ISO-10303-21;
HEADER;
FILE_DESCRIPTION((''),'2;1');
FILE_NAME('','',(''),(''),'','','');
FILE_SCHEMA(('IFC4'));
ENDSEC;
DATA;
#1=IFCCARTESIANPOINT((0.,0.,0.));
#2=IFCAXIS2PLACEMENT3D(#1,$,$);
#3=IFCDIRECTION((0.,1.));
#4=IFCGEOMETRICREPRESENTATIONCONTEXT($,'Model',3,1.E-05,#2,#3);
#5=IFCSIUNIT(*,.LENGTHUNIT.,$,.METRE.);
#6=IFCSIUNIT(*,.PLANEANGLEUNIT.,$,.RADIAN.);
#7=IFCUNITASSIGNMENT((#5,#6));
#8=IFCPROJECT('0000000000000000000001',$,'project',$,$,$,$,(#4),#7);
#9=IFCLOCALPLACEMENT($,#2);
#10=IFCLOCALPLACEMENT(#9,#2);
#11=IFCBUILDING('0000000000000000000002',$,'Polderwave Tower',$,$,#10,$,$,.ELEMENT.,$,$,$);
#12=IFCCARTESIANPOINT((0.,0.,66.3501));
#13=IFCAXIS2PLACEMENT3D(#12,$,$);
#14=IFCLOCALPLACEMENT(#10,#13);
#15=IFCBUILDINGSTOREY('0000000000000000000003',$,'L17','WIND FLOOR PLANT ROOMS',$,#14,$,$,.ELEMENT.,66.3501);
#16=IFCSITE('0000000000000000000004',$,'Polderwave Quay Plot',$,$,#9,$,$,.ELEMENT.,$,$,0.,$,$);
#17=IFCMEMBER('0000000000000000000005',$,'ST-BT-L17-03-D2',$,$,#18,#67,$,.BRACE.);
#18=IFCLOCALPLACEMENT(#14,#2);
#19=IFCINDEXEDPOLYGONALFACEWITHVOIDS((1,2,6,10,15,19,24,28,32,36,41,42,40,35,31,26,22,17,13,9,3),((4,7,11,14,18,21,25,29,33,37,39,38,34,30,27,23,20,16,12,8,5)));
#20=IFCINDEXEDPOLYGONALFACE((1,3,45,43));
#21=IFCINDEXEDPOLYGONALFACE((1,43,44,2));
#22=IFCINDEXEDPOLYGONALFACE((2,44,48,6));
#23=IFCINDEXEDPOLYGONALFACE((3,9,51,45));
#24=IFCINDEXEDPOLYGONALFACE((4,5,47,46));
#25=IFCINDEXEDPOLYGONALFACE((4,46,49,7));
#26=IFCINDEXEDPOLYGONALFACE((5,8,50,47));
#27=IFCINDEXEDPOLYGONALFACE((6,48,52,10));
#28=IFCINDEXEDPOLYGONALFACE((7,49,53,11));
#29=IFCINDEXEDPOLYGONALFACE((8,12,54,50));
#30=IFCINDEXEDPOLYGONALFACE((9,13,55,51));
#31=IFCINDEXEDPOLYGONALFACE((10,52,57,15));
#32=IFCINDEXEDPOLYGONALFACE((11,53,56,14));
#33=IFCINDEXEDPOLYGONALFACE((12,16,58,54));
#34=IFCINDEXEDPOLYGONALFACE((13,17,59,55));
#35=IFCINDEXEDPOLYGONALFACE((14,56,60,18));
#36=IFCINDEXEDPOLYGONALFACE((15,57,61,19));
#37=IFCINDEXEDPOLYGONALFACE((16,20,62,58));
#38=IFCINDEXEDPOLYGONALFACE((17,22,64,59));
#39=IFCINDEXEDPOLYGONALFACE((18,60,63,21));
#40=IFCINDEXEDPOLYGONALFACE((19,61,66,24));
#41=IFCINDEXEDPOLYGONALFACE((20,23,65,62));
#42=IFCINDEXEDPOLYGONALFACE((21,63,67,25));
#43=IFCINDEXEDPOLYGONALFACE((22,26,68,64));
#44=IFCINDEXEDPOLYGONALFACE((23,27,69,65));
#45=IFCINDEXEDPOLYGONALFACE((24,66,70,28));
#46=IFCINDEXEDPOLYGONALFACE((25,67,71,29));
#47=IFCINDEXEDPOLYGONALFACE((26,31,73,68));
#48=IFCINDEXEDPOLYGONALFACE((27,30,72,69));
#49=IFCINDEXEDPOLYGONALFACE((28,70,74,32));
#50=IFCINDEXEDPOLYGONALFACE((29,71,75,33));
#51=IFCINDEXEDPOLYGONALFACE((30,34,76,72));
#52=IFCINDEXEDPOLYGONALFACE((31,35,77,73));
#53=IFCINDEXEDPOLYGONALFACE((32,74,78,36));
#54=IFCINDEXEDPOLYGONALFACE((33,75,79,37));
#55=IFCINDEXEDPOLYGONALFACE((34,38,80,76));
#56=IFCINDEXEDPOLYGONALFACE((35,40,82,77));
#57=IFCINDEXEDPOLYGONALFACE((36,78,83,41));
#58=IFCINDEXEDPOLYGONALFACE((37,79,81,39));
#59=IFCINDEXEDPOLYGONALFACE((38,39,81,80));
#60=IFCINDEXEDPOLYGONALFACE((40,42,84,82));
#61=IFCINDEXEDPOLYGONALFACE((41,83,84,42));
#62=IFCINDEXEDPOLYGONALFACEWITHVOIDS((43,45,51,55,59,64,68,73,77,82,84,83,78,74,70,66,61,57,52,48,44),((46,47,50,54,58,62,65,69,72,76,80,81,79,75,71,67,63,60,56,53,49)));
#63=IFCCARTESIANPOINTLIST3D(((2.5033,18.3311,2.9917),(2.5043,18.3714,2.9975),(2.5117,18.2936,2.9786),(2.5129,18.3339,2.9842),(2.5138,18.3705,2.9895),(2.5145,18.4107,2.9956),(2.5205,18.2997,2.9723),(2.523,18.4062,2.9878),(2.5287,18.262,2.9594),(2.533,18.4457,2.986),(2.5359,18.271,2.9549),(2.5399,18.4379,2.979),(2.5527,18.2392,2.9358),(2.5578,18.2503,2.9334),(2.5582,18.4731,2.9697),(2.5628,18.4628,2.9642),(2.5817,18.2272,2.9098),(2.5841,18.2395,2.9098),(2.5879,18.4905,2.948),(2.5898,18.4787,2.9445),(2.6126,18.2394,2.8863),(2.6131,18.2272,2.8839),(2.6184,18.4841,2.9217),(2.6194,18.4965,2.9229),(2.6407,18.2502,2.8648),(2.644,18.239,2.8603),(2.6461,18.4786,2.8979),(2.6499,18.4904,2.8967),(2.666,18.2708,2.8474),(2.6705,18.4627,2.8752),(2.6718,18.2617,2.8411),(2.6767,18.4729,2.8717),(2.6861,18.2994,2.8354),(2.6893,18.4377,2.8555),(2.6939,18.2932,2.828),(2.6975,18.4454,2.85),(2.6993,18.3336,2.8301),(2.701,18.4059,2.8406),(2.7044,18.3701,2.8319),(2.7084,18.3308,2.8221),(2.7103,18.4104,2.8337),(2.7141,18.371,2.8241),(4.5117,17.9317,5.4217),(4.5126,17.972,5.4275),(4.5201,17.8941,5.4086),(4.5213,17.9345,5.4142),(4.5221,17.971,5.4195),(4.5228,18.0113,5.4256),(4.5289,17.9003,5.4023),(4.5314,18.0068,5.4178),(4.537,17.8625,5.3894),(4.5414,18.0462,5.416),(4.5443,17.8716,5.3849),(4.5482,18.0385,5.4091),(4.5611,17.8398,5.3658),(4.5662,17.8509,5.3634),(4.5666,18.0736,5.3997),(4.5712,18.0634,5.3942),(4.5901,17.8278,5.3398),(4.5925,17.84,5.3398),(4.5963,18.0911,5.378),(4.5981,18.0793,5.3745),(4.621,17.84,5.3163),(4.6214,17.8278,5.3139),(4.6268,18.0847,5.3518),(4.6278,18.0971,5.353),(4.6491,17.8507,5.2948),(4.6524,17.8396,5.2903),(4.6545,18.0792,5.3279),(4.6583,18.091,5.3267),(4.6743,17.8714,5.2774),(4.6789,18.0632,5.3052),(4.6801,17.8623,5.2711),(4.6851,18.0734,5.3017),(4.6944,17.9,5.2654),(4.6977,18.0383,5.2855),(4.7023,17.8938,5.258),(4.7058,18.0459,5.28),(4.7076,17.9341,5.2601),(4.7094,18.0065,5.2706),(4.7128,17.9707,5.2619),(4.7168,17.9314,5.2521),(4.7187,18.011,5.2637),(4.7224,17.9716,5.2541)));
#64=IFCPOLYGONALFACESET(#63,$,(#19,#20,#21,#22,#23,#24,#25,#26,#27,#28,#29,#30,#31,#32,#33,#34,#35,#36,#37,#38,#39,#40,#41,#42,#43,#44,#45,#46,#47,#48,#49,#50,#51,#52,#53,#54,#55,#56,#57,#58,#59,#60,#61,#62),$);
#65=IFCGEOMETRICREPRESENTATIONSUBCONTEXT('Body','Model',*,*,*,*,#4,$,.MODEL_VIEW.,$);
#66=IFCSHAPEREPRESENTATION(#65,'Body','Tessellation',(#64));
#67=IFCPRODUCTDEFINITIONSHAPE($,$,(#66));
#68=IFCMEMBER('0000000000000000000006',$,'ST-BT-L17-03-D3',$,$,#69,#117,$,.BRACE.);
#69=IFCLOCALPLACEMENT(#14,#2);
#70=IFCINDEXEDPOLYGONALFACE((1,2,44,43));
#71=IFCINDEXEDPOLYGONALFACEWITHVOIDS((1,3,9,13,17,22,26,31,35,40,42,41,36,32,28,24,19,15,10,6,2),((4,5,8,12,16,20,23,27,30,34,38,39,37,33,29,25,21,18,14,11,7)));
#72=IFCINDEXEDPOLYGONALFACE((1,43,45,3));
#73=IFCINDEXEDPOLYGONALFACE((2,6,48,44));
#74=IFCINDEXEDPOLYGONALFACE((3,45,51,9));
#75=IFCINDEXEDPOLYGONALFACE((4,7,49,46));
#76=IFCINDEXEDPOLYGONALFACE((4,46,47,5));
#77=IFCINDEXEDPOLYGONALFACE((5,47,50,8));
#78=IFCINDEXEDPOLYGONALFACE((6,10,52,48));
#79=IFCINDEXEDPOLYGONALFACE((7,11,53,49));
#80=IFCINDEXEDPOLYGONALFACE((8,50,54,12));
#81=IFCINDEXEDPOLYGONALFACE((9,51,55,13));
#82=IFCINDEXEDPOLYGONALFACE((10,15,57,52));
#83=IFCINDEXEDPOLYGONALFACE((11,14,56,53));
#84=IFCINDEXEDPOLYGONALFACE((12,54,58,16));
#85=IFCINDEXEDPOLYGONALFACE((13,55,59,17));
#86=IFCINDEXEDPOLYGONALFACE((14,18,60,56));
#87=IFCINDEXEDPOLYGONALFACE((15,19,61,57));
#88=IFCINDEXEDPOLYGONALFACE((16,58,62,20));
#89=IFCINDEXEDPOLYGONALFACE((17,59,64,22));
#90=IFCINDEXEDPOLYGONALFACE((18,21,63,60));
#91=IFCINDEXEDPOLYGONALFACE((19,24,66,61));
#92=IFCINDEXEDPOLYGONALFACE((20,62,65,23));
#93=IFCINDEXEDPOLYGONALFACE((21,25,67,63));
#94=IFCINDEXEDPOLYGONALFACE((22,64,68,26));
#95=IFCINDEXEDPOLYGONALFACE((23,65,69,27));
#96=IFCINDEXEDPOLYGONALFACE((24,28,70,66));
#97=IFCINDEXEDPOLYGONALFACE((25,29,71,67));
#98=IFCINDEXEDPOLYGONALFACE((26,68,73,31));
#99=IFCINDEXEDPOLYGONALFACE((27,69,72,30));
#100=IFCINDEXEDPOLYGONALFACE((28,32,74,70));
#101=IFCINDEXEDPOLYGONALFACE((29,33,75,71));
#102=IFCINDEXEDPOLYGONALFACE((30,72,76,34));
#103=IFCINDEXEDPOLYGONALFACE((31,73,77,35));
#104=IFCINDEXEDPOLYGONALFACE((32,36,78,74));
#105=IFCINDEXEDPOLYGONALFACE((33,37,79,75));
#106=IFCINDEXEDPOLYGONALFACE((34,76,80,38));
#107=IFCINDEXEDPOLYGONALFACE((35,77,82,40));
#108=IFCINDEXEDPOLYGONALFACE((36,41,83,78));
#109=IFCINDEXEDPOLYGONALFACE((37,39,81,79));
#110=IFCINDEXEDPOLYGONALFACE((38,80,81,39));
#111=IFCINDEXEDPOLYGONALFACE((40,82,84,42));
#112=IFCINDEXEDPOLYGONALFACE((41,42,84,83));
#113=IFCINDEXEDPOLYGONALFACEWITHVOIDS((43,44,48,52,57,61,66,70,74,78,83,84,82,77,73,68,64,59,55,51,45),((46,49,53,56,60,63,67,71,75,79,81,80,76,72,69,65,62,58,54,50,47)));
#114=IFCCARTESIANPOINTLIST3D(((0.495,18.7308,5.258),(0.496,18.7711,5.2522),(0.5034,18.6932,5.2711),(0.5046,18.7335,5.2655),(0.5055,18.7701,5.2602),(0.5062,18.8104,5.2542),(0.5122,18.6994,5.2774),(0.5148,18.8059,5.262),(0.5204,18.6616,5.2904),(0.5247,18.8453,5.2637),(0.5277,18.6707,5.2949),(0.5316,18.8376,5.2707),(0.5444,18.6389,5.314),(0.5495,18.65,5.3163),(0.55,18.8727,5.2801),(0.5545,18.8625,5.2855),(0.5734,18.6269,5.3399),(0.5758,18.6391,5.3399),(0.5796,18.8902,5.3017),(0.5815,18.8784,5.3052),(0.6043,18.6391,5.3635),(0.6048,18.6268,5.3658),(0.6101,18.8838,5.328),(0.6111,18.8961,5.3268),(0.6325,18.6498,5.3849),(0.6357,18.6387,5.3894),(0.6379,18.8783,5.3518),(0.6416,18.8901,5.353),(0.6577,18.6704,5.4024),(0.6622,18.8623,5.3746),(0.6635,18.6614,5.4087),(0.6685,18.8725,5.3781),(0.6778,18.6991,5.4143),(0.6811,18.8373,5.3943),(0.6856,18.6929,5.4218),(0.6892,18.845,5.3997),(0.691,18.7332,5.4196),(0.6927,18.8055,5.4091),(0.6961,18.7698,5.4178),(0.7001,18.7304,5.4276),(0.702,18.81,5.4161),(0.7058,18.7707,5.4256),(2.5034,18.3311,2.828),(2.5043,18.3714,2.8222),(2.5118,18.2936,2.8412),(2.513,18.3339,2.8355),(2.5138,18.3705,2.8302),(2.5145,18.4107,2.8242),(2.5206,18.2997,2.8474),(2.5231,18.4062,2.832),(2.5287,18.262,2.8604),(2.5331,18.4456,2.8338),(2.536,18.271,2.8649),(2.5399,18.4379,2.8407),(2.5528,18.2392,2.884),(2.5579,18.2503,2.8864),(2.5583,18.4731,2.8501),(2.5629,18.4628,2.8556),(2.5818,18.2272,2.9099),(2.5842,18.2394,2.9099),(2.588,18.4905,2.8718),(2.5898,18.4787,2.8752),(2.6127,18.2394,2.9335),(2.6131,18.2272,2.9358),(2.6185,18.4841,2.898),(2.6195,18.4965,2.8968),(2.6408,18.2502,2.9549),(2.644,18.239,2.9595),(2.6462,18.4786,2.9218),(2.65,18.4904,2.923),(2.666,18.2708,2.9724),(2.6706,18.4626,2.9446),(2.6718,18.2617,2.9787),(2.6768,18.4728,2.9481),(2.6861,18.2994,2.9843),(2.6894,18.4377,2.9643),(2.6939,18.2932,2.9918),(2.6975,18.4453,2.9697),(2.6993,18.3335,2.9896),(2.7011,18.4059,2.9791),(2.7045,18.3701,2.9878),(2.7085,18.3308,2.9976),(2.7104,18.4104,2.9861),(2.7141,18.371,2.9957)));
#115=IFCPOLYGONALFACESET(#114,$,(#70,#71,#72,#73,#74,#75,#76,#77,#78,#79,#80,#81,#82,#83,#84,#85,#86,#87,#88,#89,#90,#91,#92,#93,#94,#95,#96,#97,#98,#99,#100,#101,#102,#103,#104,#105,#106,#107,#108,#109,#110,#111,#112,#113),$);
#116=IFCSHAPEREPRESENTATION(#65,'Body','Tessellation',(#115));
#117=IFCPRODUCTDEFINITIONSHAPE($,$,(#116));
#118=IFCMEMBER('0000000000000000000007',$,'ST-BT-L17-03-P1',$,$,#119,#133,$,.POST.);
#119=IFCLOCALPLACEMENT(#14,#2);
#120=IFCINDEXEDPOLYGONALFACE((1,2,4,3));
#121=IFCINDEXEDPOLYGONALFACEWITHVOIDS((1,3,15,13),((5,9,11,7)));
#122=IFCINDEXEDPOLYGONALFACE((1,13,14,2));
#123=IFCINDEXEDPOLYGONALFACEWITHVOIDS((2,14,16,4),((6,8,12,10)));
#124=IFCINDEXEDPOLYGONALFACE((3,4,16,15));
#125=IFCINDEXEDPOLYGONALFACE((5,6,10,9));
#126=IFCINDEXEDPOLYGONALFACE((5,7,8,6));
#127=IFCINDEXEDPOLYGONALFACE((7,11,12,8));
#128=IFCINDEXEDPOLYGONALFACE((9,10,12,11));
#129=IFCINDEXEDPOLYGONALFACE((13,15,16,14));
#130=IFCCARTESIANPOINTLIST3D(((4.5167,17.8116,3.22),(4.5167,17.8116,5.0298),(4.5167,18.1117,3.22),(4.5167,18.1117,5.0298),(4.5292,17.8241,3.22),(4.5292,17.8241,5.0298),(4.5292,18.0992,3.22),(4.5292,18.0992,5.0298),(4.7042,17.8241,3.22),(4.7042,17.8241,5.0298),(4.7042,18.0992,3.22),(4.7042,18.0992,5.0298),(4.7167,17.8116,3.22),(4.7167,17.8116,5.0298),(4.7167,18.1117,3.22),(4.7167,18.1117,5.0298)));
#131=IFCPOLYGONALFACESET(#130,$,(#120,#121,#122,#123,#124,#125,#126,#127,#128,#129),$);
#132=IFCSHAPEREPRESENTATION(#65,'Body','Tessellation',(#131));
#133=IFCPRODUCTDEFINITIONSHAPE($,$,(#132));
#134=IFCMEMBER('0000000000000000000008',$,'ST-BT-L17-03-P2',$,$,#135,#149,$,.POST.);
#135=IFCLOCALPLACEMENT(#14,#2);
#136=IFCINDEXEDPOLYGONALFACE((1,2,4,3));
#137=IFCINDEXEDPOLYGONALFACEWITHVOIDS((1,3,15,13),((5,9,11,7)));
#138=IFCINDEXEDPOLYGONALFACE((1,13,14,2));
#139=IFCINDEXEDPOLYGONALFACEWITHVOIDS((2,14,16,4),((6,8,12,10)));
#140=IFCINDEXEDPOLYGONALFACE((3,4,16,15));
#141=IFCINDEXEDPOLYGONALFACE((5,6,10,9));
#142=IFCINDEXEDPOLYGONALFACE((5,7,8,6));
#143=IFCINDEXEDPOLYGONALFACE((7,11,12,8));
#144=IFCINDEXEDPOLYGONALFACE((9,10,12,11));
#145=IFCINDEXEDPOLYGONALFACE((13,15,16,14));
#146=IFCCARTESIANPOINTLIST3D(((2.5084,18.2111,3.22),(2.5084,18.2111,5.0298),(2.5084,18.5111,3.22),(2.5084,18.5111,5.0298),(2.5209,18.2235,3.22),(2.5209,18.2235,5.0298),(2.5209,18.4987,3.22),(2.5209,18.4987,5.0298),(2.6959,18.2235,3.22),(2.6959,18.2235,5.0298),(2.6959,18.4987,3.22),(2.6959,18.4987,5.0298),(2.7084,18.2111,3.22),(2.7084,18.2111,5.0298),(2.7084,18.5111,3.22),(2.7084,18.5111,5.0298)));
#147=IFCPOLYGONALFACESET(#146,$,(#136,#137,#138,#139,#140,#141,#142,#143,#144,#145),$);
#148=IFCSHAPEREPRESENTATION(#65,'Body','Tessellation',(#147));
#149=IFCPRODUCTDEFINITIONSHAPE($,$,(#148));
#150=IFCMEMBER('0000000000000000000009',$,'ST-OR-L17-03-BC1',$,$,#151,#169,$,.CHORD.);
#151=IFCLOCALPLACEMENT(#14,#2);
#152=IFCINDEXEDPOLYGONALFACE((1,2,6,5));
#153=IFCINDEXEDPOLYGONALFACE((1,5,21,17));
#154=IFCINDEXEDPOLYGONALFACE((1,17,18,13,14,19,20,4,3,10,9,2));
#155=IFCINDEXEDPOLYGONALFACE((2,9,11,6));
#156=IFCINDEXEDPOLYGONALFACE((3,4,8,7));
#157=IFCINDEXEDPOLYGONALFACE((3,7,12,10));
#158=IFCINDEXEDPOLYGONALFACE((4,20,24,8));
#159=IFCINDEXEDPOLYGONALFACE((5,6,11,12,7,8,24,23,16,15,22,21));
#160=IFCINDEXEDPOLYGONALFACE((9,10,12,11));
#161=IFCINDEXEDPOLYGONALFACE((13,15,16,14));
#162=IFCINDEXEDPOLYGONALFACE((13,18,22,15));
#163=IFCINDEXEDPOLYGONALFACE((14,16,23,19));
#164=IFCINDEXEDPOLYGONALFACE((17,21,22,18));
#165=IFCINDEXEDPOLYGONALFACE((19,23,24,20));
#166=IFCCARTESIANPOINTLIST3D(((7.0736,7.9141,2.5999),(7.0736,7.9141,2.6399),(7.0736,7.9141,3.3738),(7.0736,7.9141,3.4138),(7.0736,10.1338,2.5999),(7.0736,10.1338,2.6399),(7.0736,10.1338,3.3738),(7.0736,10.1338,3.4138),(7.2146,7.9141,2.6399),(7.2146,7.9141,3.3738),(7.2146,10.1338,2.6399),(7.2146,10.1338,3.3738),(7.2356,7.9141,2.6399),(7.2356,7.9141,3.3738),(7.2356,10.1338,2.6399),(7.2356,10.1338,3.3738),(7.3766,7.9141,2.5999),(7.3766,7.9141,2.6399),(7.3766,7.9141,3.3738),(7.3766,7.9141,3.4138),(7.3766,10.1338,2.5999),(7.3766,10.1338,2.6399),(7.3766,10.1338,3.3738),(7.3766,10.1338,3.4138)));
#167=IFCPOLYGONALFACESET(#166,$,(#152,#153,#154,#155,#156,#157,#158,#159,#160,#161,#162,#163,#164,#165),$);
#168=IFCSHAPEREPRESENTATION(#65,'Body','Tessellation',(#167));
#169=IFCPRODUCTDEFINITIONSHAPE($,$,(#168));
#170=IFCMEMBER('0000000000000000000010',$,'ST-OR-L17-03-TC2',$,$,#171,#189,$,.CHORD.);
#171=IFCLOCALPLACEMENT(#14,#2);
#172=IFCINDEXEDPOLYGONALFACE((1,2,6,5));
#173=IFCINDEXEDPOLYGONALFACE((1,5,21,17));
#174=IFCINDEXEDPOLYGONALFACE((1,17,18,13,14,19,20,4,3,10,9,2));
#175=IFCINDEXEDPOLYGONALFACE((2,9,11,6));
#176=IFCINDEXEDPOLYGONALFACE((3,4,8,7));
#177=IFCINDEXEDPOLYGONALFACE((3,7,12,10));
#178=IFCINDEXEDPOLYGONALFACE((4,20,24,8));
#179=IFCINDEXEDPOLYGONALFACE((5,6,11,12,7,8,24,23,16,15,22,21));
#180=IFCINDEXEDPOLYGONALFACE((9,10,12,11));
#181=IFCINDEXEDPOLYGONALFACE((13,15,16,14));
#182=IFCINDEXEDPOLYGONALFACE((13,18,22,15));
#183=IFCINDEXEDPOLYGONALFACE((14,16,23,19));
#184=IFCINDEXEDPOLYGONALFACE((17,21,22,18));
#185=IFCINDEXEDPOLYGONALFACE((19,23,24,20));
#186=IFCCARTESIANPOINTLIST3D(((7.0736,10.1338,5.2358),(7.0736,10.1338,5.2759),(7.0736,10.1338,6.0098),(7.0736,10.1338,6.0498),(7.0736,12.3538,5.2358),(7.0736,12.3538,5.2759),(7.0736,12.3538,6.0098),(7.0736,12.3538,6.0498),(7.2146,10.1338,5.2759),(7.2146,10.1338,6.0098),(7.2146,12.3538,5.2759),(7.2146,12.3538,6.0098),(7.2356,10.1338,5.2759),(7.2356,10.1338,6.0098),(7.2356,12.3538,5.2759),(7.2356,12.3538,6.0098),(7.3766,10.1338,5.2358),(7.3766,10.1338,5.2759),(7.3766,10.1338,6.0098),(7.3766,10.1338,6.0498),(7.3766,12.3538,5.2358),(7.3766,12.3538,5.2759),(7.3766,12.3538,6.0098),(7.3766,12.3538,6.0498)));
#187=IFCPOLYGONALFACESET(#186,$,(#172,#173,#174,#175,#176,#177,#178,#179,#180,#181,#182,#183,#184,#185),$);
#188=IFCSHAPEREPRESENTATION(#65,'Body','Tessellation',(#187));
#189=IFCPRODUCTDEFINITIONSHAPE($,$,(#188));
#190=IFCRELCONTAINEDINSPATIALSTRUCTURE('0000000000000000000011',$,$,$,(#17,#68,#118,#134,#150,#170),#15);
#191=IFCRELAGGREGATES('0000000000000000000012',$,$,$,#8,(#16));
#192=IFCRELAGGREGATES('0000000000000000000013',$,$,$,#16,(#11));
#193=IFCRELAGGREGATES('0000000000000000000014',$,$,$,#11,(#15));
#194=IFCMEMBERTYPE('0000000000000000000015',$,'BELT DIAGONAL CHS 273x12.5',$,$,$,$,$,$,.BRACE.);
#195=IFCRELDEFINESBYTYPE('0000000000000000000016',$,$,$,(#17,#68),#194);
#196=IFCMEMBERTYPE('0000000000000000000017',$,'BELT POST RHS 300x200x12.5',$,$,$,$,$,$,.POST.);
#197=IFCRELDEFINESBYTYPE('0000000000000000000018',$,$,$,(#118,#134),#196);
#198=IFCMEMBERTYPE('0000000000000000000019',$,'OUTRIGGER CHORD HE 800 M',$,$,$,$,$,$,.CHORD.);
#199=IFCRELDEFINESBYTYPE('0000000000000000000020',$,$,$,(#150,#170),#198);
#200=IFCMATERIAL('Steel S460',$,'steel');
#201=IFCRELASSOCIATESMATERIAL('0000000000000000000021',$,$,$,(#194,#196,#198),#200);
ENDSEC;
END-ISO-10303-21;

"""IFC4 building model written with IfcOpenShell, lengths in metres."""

from ifc_helpers import new_model, si_unit, direction, frame, origin, origin_2d, place, context, subcontext, project, spatial, hollow_rectangle, hollow_circle, i_section, extrude, material, material_profile, profile_set, type_object, element, save


model = new_model("IFC4")

# Units and contexts
model_context = context("Model", 3, precision=1e-05, world=origin(), true_north=direction((0.0, 1.0)))
body_context = subcontext(model_context, "Body", "Model", "MODEL_VIEW")
ifc_project = project(units=[si_unit("LENGTHUNIT", "METRE"), si_unit("PLANEANGLEUNIT", "RADIAN")], contexts=[model_context])

# Site, building, storey
site_placement = place(None, origin())
site = spatial("IfcSite", under=ifc_project, at=site_placement, Name="Polderwave Quay Plot", CompositionType="ELEMENT", RefElevation=0.0)
building_placement = place(site_placement, origin())
building = spatial("IfcBuilding", under=site, at=building_placement, Name="Polderwave Tower", CompositionType="ELEMENT")
storey_placement = place(building_placement, frame((0.0, 0.0, 66.3501)))
storey = spatial("IfcBuildingStorey", under=building, at=storey_placement, Name="L17", Description="WIND FLOOR PLANT ROOMS", CompositionType="ELEMENT", Elevation=66.3501)

# Members
ifc_material_1 = material(Name="Steel S460", Category="steel")
ifc_material_profile_1 = material_profile(ifc_material_1, hollow_circle(Radius=0.1365, WallThickness=0.0125, at=origin_2d()), Name="CHS 273x12.5")
ifc_profile_set_1 = profile_set([ifc_material_profile_1], Name="Steel S460")
member_type_1 = type_object("IfcMemberType", Name="BELT DIAGONAL CHS 273x12.5", PredefinedType="BRACE", material=ifc_profile_set_1)
for number, where, z_axis, x_axis, name in (
    (1, (4.6167, 17.9617, 5.3398), (-0.632011, 0.125695, -0.764698), (-0.195061, -0.980791, 0.0), "ST-BT-L17-03-D2"),
    (2, (2.6084, 18.3611, 2.9099), (-0.632005, 0.125771, 0.764691), (-0.195176, -0.980768, 0.0), "ST-BT-L17-03-D3"),
):
    element("IfcMember", number, at=place(storey_placement, frame(where, z_axis=z_axis, x_axis=x_axis)), inside=storey, type_object=member_type_1, Name=name, PredefinedType="BRACE", context=body_context, shape_type="SweptSolid", body=[
        extrude(hollow_circle(Radius=0.1365, WallThickness=0.0125, at=origin_2d()), origin(), (0.0, 0.0, 1.0), 3.1777),
    ])
ifc_material_profile_2 = material_profile(ifc_material_1, hollow_rectangle(XDim=0.2, YDim=0.3, WallThickness=0.0125, at=origin_2d()), Name="RHS 300x200x12.5")
ifc_profile_set_2 = profile_set([ifc_material_profile_2], Name="Steel S460")
member_type_2 = type_object("IfcMemberType", Name="BELT POST RHS 300x200x12.5", PredefinedType="POST", material=ifc_profile_set_2)
for number, where, z_axis, x_axis, name in (
    (3, (4.6167, 17.9617, 3.22), (0.0, 0.0, 1.0), (1.0, 0.0, 0.0), "ST-BT-L17-03-P1"),
    (4, (2.6084, 18.3611, 3.22), (0.0, 0.0, 1.0), (1.0, 0.0, 0.0), "ST-BT-L17-03-P2"),
):
    element("IfcMember", number, at=place(storey_placement, frame(where, z_axis=z_axis, x_axis=x_axis)), inside=storey, type_object=member_type_2, Name=name, PredefinedType="POST", context=body_context, shape_type="SweptSolid", body=[
        extrude(hollow_rectangle(XDim=0.2, YDim=0.3, WallThickness=0.0125, at=origin_2d()), origin(), (0.0, 0.0, 1.0), 1.8098),
    ])
ifc_material_profile_3 = material_profile(ifc_material_1, i_section(OverallWidth=0.303, OverallDepth=0.814, WebThickness=0.021, FlangeThickness=0.04, at=origin_2d()), Name="HE 800 M")
ifc_profile_set_3 = profile_set([ifc_material_profile_3], Name="Steel S460")
member_type_3 = type_object("IfcMemberType", Name="OUTRIGGER CHORD HE 800 M", PredefinedType="CHORD", material=ifc_profile_set_3)
member_1_placement = place(storey_placement, frame((7.2251, 7.9141, 3.0068), z_axis=(0.0, 1.0, 0.0), x_axis=(-1.0, 0.0, 0.0)))
element("IfcMember", 5, at=member_1_placement, inside=storey, type_object=member_type_3, Name="ST-OR-L17-03-BC1", PredefinedType="CHORD", context=body_context, shape_type="SweptSolid", body=[
    extrude(i_section(OverallWidth=0.303, OverallDepth=0.814, WebThickness=0.021, FlangeThickness=0.04, at=origin_2d()), origin(), (0.0, 0.0, 1.0), 2.2197),
])
for number, where, z_axis, x_axis, name in (
    (6, (7.2251, 10.1338, 5.6428), (0.0, 1.0, 0.0), (-1.0, 0.0, 0.0), "ST-OR-L17-03-TC2"),
):
    element("IfcMember", number, at=place(storey_placement, frame(where, z_axis=z_axis, x_axis=x_axis)), inside=storey, type_object=member_type_3, Name=name, PredefinedType="CHORD", context=body_context, shape_type="SweptSolid", body=[
        extrude(i_section(OverallWidth=0.303, OverallDepth=0.814, WebThickness=0.021, FlangeThickness=0.04, at=origin_2d()), origin(), (0.0, 0.0, 1.0), 2.22),
    ])

save(model, "model.ifc")
